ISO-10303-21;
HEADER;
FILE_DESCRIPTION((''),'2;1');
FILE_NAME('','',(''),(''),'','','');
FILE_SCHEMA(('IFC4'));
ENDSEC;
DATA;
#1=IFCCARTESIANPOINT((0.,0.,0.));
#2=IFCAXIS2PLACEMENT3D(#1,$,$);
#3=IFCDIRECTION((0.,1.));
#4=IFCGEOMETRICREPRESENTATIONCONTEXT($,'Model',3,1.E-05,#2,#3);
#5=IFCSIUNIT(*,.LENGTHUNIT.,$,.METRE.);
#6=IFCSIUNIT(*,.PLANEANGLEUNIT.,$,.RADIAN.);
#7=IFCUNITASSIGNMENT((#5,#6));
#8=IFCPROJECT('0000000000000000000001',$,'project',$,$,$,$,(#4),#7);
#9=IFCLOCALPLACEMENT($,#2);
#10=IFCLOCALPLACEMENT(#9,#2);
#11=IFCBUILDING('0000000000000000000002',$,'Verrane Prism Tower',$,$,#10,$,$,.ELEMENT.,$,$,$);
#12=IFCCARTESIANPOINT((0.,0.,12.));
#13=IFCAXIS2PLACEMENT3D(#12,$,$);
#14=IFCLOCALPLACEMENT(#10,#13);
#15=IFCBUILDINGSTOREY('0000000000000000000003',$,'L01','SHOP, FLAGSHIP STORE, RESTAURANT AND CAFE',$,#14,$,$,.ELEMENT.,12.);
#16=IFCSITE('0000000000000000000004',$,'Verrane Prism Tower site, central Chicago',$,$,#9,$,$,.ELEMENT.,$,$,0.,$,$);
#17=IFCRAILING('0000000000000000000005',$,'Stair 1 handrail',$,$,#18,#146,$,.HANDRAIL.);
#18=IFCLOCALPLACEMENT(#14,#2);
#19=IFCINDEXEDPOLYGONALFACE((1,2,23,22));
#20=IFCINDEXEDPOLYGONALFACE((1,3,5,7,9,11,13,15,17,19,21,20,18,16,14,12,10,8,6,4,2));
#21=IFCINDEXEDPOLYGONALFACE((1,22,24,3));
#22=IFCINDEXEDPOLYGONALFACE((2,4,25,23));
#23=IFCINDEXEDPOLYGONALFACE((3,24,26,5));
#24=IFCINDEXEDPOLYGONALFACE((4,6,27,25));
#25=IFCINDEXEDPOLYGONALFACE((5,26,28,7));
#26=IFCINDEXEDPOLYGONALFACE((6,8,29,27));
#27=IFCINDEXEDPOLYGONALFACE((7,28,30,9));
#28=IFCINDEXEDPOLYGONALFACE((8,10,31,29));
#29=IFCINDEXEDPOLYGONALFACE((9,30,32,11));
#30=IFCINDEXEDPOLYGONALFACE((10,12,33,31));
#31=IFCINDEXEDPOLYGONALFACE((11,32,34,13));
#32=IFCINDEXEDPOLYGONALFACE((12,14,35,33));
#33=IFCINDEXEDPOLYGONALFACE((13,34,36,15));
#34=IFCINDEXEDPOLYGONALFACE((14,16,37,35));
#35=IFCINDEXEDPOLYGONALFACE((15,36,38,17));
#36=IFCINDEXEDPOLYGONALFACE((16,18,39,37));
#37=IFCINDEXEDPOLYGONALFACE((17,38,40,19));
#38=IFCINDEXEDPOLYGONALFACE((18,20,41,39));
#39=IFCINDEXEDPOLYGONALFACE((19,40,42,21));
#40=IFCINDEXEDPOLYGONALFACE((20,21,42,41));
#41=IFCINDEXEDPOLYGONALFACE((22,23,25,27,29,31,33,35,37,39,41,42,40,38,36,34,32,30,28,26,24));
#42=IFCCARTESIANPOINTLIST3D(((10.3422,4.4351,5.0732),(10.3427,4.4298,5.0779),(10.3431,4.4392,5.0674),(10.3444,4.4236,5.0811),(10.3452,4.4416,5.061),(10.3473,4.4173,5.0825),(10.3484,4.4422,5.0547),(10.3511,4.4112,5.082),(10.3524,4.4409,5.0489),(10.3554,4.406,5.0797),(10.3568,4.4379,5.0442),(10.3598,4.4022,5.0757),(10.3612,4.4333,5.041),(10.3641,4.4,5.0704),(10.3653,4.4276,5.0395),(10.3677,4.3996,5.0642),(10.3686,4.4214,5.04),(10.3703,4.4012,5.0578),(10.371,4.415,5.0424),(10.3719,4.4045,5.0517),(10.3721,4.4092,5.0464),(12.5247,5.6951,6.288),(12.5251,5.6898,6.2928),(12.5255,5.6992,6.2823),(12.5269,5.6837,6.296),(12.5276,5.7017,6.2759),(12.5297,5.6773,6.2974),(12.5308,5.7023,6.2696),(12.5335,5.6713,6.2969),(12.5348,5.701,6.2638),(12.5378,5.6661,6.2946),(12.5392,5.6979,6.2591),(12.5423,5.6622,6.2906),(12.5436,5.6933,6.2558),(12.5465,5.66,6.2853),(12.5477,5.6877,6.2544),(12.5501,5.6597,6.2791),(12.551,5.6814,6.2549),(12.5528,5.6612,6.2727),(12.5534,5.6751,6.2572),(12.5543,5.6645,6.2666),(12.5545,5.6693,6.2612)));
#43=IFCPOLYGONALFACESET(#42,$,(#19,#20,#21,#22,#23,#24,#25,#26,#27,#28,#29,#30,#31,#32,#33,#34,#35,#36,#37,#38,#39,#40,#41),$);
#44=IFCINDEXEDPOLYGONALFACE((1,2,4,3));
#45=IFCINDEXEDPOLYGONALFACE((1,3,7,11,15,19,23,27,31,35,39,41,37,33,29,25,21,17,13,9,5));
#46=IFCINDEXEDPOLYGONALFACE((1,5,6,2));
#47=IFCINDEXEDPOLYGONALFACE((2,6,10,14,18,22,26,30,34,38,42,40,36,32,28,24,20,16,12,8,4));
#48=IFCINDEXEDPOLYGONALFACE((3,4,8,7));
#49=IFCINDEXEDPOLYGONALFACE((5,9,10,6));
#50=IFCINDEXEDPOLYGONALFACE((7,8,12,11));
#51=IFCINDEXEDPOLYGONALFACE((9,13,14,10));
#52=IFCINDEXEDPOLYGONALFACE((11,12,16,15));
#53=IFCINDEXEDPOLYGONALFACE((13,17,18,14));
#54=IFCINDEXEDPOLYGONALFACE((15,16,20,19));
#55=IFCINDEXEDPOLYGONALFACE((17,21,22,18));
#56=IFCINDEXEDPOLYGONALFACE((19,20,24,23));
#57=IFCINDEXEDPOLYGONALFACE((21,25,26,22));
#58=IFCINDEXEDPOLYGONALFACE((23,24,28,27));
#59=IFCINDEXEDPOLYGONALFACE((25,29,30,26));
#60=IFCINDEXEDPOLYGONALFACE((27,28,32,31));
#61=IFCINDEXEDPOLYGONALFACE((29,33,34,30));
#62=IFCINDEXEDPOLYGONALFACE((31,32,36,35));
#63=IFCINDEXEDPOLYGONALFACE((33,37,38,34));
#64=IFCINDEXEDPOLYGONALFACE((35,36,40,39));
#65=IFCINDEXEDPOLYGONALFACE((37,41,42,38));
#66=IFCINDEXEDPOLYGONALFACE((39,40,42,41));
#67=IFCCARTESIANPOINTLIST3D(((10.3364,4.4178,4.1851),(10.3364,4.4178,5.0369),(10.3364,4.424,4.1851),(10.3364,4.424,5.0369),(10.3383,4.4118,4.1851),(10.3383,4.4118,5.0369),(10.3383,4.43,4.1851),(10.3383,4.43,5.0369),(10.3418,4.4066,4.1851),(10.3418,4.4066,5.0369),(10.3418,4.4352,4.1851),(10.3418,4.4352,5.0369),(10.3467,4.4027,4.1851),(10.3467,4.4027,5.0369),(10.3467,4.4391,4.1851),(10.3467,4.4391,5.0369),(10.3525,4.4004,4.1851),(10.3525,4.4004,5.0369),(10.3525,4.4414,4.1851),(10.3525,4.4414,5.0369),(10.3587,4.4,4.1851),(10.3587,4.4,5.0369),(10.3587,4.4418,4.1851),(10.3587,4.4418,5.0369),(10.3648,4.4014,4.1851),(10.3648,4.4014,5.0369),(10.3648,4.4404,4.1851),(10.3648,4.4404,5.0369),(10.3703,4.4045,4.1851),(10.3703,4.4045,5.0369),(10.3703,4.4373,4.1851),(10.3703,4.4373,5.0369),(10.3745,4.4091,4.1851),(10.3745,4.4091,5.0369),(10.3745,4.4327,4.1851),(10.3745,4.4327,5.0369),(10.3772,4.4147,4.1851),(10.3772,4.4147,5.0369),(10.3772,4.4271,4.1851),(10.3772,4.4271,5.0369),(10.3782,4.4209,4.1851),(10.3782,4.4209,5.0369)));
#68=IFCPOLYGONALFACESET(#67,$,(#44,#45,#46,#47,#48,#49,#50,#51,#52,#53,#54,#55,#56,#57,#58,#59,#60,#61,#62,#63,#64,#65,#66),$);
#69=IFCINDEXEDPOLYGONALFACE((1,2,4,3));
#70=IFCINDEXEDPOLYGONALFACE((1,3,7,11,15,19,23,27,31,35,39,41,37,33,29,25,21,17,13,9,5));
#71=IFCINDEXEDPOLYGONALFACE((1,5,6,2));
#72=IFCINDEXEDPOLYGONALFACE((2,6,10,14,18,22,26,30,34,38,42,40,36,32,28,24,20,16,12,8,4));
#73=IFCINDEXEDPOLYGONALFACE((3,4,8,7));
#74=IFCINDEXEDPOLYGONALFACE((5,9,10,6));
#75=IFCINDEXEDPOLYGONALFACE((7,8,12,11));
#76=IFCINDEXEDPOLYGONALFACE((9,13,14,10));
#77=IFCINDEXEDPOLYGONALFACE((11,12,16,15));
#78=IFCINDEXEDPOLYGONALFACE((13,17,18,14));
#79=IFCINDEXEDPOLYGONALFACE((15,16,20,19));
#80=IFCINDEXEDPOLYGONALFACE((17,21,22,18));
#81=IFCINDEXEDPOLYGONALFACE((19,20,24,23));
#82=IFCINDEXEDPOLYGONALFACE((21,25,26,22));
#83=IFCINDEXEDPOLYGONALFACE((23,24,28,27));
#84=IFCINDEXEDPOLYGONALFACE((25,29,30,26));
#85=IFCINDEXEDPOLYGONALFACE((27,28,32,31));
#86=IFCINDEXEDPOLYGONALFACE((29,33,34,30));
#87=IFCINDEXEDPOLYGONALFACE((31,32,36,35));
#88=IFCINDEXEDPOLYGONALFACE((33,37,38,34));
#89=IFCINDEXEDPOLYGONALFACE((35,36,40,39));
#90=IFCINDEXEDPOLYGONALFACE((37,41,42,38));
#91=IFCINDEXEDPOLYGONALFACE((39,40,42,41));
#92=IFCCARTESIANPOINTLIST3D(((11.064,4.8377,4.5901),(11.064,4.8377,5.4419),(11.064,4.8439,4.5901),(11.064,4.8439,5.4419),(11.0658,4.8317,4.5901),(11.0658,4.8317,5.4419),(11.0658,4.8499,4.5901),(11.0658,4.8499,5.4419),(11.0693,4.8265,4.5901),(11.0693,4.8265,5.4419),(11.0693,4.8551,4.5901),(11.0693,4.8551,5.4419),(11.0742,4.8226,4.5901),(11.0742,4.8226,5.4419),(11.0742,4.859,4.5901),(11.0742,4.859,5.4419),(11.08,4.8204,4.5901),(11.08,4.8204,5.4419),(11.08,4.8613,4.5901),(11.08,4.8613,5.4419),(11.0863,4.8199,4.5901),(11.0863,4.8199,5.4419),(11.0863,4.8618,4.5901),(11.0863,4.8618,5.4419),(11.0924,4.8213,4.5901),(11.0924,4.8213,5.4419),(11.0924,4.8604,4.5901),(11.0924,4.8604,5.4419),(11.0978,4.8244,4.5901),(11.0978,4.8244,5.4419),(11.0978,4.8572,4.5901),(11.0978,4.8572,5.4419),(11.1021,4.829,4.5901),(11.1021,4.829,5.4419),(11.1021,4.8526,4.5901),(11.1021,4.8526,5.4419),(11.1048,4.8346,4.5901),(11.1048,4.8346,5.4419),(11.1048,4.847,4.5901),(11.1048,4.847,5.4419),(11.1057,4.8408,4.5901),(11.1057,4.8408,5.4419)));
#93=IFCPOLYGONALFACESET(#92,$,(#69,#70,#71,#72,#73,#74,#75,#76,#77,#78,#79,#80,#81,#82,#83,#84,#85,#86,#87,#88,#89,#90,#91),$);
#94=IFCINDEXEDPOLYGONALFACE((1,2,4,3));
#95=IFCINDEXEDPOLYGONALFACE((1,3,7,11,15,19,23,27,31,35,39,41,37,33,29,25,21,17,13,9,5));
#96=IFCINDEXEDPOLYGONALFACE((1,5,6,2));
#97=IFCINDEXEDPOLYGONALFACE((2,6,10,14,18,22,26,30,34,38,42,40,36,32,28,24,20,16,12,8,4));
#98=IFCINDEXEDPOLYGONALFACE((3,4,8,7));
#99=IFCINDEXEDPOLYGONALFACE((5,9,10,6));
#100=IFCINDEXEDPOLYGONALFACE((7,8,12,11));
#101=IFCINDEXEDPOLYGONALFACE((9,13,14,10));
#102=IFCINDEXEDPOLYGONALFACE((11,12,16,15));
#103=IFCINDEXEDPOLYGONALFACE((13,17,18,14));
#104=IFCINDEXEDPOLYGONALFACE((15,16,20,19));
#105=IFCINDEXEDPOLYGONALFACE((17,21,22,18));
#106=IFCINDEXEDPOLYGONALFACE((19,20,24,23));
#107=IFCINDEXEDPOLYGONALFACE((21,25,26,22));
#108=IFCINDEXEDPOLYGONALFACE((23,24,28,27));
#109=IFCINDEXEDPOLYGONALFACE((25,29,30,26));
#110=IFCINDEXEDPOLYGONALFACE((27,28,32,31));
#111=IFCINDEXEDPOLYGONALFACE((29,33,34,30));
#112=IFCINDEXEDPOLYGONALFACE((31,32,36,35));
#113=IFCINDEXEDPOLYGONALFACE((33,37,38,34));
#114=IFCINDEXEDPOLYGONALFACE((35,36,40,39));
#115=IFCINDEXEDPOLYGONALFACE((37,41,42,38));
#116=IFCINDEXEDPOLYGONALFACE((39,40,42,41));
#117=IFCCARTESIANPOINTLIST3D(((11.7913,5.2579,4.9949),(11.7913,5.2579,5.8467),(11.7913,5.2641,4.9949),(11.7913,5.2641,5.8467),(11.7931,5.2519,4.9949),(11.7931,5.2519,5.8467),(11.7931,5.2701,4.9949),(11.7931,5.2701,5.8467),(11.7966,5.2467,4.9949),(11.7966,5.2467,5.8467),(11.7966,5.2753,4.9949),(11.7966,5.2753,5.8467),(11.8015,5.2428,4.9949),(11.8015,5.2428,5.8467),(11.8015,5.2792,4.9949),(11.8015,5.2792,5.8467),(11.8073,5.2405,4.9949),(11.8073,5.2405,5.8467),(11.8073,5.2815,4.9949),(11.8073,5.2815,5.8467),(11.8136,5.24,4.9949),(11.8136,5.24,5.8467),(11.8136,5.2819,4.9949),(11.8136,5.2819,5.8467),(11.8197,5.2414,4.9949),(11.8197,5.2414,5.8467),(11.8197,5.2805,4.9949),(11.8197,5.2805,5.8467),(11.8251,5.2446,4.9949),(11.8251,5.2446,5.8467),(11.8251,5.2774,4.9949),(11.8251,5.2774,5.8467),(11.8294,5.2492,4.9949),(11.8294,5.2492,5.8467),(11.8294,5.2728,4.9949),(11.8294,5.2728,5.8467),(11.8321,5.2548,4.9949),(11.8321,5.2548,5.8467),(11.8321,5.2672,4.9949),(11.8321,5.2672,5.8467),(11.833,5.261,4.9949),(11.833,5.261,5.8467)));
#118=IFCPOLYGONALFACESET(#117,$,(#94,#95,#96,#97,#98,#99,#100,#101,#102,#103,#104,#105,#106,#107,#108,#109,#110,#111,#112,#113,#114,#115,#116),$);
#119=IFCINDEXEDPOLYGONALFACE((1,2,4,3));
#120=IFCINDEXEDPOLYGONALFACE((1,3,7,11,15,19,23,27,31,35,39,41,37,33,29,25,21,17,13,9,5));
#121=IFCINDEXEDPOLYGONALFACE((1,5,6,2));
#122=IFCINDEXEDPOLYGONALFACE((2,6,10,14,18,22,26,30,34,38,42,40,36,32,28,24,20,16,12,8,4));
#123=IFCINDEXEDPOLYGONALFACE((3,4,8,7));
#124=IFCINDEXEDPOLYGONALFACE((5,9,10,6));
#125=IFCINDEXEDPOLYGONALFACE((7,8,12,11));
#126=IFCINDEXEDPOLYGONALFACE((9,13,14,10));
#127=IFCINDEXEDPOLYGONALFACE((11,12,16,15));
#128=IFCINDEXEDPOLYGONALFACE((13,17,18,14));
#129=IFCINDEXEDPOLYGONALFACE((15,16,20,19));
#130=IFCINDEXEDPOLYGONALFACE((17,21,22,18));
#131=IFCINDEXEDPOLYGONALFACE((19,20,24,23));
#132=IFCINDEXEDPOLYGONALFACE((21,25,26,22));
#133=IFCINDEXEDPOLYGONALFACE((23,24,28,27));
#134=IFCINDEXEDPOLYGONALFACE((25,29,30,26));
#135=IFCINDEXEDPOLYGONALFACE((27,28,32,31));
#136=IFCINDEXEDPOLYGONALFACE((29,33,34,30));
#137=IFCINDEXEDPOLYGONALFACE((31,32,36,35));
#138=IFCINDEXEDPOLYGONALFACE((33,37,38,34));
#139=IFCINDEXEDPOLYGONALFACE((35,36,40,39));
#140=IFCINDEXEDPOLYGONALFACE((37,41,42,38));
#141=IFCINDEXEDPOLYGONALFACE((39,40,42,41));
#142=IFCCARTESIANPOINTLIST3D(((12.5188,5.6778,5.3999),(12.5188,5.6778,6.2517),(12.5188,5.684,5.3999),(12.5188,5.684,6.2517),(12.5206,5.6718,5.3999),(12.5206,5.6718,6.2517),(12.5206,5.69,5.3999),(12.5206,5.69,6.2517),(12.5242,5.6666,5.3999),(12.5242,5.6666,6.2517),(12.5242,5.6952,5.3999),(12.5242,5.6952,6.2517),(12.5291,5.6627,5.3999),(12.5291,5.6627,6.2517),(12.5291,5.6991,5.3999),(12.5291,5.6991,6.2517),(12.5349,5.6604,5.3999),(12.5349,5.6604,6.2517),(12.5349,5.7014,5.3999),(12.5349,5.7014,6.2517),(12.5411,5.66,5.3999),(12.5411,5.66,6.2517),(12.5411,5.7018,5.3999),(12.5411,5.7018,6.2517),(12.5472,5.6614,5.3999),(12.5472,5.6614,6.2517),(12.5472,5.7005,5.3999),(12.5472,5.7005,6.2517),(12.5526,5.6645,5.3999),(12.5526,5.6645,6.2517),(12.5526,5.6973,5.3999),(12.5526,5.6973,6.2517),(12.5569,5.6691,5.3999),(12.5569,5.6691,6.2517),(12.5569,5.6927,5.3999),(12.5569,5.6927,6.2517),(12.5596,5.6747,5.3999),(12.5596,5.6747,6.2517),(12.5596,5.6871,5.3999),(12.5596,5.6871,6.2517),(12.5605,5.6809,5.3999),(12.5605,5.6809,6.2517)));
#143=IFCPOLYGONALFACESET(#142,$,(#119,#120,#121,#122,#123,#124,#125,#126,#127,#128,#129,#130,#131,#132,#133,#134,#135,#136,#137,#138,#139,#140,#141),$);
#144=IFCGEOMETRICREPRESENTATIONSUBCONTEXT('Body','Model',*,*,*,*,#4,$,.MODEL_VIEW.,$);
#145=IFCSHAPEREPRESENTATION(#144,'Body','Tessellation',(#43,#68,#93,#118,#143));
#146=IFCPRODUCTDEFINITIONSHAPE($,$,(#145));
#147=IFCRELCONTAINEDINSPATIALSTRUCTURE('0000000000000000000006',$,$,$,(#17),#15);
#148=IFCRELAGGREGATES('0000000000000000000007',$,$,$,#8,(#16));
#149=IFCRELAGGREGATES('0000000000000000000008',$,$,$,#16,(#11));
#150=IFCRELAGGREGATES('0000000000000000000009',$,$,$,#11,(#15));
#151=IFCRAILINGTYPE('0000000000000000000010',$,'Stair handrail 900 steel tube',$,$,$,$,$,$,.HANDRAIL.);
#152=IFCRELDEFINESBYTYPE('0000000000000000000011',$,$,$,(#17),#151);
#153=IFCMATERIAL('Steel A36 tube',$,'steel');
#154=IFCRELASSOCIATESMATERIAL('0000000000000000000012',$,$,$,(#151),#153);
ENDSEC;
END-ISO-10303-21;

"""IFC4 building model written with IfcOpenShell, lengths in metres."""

from ifc_helpers import new_model, si_unit, direction, frame, origin, origin_2d, place, context, subcontext, project, spatial, circle, extrude, material, type_object, element, save


model = new_model("IFC4")

# Units and contexts
model_context = context("Model", 3, precision=1e-05, world=origin(), true_north=direction((0.0, 1.0)))
body_context = subcontext(model_context, "Body", "Model", "MODEL_VIEW")
ifc_project = project(units=[si_unit("LENGTHUNIT", "METRE"), si_unit("PLANEANGLEUNIT", "RADIAN")], contexts=[model_context])

# Site, building, storey
site_placement = place(None, origin())
site = spatial("IfcSite", under=ifc_project, at=site_placement, Name="Verrane Prism Tower site, central Chicago", CompositionType="ELEMENT", RefElevation=0.0)
building_placement = place(site_placement, origin())
building = spatial("IfcBuilding", under=site, at=building_placement, Name="Verrane Prism Tower", CompositionType="ELEMENT")
storey_placement = place(building_placement, frame((0.0, 0.0, 12.0)))
storey = spatial("IfcBuildingStorey", under=building, at=storey_placement, Name="L01", Description="SHOP, FLAGSHIP STORE, RESTAURANT AND CAFE", CompositionType="ELEMENT", Elevation=12.0)

# Railing
ifc_material_1 = material(Name="Steel A36 tube", Category="steel")
railing_type_1 = type_object("IfcRailingType", Name="Stair handrail 900 steel tube", PredefinedType="HANDRAIL", material=ifc_material_1)
for number, where, name in (
    (1, (10.3572, 4.4209, 4.1851), "Stair 1 handrail"),
):
    element("IfcRailing", number, at=place(storey_placement, frame(where)), inside=storey, type_object=railing_type_1, Name=name, PredefinedType="HANDRAIL", context=body_context, shape_type="SweptSolid", body=[
        extrude(circle(Radius=0.0239, at=origin_2d()), frame((0.0, 0.0, 0.876), z_axis=(0.780105, 0.450399, 0.434255), x_axis=(-0.500005, 0.866023, 0.0)), (0.0, 0.0, 1.0), 2.7976),
        extrude(circle(Radius=0.021, at=origin_2d()), origin(), (0.0, 0.0, 1.0), 0.8518),
        extrude(circle(Radius=0.021, at=origin_2d()), frame((0.7275, 0.4199, 0.405)), (0.0, 0.0, 1.0), 0.8518),
        extrude(circle(Radius=0.021, at=origin_2d()), frame((1.4548, 0.8401, 0.8098)), (0.0, 0.0, 1.0), 0.8518),
        extrude(circle(Radius=0.021, at=origin_2d()), frame((2.1824, 1.26, 1.2148)), (0.0, 0.0, 1.0), 0.8518),
    ])

save(model, "model.ifc")
